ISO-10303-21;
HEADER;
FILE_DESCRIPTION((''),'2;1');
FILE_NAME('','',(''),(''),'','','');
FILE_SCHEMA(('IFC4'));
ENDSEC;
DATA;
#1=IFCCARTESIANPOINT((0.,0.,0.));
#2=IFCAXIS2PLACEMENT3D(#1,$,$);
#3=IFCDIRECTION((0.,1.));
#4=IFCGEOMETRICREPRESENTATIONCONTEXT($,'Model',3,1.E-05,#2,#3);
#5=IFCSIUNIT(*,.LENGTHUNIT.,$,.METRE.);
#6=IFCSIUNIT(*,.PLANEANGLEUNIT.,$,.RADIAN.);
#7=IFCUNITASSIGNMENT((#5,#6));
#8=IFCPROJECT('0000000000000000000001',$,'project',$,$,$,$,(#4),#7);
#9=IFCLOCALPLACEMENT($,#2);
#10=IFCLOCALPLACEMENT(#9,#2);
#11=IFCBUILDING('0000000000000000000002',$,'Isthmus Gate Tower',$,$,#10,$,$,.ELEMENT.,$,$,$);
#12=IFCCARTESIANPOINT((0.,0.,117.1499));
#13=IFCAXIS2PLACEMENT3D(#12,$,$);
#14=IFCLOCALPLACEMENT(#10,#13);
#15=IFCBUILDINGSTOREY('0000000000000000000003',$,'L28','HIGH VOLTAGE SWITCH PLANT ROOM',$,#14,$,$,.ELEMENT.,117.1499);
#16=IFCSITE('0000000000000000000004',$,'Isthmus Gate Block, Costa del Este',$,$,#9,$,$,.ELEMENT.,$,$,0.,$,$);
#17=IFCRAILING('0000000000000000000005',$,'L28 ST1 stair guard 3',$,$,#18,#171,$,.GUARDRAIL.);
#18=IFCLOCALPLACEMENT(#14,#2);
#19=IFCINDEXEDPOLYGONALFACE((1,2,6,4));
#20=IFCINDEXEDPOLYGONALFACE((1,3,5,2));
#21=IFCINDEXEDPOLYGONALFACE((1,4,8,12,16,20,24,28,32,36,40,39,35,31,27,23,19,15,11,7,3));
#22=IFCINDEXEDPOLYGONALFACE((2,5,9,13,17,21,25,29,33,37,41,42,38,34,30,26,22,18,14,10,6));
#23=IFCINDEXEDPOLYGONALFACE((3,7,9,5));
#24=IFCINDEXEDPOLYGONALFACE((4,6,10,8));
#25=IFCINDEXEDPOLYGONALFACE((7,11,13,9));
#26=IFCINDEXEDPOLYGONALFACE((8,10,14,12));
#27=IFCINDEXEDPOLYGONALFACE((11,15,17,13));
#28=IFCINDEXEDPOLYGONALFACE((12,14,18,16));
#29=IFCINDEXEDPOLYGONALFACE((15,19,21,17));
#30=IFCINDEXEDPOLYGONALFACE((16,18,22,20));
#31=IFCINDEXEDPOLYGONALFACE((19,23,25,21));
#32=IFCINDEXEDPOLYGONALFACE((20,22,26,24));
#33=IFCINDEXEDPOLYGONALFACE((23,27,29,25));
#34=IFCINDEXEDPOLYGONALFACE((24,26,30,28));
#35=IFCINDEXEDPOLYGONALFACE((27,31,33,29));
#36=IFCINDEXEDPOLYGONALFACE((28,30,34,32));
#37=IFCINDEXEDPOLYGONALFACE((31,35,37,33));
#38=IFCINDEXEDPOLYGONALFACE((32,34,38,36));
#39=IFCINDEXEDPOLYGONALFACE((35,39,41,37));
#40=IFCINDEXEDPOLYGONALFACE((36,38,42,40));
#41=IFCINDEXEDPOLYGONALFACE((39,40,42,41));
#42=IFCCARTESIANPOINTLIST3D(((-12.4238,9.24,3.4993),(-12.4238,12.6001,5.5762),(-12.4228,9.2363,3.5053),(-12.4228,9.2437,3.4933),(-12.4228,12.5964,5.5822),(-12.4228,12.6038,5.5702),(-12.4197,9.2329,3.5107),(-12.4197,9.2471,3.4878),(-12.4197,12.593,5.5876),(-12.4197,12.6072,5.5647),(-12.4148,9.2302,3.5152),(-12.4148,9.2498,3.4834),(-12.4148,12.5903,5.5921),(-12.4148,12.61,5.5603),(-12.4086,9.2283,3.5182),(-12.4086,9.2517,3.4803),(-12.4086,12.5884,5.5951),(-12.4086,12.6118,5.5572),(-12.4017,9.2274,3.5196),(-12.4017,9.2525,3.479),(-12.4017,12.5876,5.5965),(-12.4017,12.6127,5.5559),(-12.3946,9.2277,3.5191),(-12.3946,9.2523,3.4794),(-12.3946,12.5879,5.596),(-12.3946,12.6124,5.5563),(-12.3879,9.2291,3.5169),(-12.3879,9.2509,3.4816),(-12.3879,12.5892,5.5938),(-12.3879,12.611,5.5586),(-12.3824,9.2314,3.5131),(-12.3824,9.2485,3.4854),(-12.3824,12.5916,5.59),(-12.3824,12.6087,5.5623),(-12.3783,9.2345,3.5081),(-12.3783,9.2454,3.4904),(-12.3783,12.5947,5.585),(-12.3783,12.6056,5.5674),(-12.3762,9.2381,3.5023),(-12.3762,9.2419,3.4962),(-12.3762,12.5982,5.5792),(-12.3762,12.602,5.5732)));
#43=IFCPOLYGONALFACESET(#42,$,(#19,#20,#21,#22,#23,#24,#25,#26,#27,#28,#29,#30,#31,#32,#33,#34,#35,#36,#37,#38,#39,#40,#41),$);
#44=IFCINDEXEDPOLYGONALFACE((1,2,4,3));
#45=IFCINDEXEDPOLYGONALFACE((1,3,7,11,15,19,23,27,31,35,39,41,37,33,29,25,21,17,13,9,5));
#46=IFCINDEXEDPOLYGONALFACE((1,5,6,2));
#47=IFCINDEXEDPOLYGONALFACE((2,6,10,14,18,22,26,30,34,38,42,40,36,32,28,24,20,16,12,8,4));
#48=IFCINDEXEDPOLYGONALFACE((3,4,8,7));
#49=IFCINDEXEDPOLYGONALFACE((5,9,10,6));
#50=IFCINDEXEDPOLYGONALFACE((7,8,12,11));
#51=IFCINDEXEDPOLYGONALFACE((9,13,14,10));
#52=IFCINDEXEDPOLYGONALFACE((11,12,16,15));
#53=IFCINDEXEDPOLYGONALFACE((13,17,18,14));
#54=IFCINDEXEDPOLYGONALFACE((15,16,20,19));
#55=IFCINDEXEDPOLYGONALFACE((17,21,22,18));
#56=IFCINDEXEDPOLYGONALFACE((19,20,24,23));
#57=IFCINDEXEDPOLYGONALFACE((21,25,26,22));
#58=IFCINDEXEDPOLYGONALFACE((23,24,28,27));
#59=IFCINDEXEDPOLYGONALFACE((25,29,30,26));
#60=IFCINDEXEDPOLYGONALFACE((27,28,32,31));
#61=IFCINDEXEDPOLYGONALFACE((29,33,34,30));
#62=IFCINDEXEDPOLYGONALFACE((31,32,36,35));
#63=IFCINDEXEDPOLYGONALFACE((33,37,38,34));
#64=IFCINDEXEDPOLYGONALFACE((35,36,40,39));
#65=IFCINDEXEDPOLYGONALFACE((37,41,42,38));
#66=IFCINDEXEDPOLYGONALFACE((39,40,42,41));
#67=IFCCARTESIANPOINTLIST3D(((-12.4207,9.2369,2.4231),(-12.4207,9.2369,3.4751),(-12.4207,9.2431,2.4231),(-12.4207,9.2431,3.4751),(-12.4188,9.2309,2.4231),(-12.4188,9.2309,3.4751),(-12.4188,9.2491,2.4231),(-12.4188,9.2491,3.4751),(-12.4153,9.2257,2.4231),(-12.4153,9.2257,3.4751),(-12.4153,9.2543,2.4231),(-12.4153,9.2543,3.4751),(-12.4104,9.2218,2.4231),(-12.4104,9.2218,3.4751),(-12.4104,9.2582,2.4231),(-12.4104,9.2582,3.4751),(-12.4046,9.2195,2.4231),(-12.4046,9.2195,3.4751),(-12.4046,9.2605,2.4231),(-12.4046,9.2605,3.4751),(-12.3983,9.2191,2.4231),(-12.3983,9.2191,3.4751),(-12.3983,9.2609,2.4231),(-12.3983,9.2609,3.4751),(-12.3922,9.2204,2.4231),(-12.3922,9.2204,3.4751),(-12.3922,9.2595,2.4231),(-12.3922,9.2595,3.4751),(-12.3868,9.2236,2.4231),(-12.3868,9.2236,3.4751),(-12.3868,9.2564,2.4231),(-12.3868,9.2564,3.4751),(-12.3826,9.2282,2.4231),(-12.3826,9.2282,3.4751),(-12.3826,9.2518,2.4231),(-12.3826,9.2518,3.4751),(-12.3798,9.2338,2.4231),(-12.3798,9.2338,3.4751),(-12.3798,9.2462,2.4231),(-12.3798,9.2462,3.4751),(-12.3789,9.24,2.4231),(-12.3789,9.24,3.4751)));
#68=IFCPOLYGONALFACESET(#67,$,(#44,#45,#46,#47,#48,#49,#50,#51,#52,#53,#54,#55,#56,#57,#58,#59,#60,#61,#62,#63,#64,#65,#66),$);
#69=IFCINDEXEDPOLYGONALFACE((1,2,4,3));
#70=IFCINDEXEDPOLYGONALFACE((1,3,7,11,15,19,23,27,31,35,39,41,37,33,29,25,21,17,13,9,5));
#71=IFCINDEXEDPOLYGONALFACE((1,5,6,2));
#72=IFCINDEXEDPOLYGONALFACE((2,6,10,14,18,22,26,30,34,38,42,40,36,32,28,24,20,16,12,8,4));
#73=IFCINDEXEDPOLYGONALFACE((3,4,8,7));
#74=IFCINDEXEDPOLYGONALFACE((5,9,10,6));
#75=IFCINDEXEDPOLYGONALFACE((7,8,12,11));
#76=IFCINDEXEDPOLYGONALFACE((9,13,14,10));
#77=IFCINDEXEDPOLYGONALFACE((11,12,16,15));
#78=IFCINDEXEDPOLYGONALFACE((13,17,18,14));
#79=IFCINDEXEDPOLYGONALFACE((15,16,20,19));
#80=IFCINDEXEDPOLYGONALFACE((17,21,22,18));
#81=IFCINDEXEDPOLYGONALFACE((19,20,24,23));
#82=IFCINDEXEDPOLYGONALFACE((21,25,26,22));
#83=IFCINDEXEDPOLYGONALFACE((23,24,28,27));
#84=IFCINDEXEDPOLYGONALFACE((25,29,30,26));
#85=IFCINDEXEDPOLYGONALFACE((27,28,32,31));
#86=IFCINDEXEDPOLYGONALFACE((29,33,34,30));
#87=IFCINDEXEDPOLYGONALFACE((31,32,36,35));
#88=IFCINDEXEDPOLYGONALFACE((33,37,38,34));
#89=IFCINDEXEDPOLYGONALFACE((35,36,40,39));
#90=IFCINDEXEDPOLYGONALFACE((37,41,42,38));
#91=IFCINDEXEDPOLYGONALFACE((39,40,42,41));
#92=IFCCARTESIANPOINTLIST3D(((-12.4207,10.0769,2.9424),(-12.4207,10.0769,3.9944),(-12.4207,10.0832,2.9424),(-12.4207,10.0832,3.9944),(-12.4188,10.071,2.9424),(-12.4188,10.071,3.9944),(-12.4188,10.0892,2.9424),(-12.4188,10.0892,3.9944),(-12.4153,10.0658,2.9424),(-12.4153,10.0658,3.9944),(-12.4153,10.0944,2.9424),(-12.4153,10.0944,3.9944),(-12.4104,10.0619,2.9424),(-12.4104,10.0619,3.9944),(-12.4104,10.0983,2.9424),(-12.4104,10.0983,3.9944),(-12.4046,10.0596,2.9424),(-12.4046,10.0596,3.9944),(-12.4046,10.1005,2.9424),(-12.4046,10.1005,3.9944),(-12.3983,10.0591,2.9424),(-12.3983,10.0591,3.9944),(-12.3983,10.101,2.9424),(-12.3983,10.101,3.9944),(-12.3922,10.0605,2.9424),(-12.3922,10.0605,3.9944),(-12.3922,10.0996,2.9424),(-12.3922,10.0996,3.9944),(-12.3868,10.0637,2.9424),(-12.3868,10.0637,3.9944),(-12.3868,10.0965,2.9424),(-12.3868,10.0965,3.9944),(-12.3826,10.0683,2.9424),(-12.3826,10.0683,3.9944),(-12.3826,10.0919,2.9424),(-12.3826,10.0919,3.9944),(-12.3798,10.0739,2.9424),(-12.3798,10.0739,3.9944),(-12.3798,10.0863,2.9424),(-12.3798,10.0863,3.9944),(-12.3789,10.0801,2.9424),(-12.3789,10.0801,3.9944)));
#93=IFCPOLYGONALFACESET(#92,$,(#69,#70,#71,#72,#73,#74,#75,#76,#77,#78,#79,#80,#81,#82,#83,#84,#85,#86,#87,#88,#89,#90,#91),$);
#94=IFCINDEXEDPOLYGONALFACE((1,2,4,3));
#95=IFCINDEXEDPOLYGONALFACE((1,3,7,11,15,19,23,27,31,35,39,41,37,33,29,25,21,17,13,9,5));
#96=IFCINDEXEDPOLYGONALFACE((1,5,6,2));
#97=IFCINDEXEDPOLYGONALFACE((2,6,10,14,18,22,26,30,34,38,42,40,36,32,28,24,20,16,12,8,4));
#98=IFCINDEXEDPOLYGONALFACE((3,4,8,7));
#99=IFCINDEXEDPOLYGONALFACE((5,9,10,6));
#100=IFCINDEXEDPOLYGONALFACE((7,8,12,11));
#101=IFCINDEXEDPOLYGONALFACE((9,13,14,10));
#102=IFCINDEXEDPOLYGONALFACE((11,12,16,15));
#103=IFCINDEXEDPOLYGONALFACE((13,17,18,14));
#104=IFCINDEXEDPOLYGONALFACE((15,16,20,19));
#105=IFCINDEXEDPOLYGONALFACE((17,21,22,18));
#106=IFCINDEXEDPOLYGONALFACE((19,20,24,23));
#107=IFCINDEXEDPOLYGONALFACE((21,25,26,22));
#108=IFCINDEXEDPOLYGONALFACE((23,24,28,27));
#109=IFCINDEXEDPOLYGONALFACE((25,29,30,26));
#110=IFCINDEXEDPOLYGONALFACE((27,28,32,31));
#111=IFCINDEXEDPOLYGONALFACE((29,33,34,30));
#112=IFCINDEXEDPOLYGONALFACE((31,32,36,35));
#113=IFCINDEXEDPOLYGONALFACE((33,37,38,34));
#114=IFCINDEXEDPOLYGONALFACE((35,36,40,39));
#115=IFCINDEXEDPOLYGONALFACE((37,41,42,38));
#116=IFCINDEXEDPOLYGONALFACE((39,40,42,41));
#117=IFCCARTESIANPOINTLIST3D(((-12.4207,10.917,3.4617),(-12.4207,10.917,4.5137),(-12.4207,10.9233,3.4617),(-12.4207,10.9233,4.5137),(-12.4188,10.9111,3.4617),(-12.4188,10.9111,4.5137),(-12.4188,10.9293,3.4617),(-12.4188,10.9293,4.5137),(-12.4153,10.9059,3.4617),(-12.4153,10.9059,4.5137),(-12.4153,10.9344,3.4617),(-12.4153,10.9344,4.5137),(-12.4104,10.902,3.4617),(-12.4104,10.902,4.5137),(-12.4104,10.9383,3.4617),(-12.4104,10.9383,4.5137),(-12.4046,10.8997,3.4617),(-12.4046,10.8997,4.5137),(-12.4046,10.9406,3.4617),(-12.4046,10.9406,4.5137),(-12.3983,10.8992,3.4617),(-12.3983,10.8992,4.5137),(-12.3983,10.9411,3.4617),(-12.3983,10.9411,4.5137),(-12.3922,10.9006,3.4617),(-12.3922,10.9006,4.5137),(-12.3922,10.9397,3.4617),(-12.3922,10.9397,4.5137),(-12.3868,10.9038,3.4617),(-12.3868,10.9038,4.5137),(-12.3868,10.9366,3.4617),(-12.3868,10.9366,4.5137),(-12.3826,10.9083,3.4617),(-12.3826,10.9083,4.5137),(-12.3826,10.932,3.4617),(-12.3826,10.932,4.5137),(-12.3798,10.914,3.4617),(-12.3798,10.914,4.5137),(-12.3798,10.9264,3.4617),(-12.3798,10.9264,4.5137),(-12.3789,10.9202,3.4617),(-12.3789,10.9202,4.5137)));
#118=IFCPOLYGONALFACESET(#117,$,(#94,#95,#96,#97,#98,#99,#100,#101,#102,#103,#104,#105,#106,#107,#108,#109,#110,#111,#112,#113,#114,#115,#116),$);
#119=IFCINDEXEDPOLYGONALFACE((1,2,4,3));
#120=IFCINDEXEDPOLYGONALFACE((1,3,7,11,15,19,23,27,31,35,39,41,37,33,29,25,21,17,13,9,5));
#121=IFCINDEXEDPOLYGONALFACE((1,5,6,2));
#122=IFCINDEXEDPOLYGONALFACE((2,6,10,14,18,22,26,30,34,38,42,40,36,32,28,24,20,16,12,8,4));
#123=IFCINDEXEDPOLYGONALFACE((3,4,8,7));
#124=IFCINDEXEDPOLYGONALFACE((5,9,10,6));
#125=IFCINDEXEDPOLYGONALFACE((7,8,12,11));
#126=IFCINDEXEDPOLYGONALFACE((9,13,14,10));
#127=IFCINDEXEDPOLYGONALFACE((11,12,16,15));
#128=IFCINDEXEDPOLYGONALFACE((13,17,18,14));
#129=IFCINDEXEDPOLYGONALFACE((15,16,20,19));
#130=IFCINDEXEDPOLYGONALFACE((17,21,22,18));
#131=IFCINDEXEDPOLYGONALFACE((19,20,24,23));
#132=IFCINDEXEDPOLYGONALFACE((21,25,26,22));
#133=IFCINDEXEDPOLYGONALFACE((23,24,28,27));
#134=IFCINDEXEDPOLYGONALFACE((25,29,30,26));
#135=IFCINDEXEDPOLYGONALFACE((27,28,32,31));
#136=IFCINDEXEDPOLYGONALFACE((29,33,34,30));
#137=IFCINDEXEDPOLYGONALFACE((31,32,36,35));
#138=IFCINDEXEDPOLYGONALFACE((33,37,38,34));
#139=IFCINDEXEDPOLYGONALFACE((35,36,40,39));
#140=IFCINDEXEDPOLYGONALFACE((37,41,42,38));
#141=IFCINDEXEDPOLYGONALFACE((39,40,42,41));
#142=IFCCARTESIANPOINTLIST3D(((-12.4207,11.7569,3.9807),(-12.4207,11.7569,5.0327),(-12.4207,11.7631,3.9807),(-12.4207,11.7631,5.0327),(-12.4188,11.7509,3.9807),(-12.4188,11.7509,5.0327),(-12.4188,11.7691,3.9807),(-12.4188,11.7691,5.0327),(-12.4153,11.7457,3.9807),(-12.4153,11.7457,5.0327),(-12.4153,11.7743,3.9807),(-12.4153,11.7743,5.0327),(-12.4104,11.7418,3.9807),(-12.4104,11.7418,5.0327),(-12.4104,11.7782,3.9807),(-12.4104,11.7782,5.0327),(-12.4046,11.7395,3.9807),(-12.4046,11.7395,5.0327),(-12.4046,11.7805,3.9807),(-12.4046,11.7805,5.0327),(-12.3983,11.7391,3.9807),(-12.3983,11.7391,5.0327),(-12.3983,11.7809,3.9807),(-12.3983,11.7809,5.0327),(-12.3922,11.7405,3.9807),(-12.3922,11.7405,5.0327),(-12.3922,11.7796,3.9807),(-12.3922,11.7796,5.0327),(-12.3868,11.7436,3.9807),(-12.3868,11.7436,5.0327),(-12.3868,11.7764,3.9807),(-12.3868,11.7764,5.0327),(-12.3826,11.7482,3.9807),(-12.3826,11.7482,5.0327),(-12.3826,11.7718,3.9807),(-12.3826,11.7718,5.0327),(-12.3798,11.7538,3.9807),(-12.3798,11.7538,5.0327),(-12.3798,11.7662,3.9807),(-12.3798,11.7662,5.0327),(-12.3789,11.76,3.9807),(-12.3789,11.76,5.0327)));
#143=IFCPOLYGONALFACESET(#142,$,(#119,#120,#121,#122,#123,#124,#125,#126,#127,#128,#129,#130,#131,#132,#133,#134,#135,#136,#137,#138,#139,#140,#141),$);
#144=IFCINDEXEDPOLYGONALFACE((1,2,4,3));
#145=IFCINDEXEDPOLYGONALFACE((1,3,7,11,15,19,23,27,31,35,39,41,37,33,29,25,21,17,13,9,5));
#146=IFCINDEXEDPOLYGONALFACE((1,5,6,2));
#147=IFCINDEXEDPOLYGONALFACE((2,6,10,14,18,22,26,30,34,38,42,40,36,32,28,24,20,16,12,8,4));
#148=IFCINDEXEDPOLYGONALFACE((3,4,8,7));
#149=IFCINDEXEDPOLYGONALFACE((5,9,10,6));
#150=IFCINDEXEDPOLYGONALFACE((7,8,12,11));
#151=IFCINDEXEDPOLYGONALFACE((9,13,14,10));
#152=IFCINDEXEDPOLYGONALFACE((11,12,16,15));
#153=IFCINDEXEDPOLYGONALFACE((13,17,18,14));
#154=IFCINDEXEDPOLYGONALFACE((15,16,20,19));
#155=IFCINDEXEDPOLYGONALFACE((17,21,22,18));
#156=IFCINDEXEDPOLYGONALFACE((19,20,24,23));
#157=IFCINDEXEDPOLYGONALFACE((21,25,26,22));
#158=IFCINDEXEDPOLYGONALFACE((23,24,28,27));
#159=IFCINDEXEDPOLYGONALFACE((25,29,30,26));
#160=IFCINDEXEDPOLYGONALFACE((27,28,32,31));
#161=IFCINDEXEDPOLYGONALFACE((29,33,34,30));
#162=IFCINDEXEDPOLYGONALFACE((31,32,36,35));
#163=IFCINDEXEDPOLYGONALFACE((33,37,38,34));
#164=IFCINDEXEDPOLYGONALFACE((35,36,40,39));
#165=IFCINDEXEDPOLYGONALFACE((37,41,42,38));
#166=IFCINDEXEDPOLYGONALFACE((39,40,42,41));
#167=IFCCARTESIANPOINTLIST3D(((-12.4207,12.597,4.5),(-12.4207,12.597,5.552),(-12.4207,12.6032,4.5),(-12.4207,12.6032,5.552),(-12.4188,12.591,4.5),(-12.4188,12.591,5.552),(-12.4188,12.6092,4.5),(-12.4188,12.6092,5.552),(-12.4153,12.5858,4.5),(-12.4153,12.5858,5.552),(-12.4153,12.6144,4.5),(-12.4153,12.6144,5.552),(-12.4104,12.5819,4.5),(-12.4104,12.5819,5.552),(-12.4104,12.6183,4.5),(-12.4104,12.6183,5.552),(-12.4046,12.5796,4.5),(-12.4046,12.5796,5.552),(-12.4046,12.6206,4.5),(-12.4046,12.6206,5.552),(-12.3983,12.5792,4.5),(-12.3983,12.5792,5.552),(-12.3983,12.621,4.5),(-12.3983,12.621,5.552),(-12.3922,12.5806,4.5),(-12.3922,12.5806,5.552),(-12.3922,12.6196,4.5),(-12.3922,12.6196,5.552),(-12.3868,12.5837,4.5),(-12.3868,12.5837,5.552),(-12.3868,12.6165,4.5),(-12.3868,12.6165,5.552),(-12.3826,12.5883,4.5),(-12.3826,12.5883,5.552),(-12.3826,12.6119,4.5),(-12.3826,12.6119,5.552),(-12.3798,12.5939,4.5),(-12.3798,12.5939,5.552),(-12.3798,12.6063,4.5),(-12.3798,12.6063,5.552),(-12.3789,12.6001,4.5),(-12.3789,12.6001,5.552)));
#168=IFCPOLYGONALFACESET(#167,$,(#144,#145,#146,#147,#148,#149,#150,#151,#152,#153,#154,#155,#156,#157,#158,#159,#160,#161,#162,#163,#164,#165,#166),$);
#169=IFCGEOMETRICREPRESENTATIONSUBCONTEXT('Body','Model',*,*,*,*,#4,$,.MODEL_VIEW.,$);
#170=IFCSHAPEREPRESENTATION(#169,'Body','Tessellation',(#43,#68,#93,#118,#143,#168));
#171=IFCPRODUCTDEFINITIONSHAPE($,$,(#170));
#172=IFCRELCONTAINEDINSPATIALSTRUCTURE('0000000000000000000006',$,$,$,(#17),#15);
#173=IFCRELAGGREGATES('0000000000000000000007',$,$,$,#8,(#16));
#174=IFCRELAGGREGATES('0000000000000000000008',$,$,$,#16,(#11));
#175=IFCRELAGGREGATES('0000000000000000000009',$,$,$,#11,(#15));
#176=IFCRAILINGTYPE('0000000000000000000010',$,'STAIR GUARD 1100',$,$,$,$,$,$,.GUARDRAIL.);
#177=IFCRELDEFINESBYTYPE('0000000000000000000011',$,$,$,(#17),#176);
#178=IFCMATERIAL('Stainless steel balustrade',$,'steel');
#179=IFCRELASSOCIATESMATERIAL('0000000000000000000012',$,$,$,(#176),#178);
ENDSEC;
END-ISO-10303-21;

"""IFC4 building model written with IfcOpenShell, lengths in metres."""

from ifc_helpers import new_model, si_unit, direction, frame, origin, origin_2d, place, context, subcontext, project, spatial, circle, extrude, material, type_object, element, save


model = new_model("IFC4")

# Units and contexts
model_context = context("Model", 3, precision=1e-05, world=origin(), true_north=direction((0.0, 1.0)))
body_context = subcontext(model_context, "Body", "Model", "MODEL_VIEW")
ifc_project = project(units=[si_unit("LENGTHUNIT", "METRE"), si_unit("PLANEANGLEUNIT", "RADIAN")], contexts=[model_context])

# Site, building, storey
site_placement = place(None, origin())
site = spatial("IfcSite", under=ifc_project, at=site_placement, Name="Isthmus Gate Block, Costa del Este", CompositionType="ELEMENT", RefElevation=0.0)
building_placement = place(site_placement, origin())
building = spatial("IfcBuilding", under=site, at=building_placement, Name="Isthmus Gate Tower", CompositionType="ELEMENT")
storey_placement = place(building_placement, frame((0.0, 0.0, 117.1499)))
storey = spatial("IfcBuildingStorey", under=building, at=storey_placement, Name="L28", Description="HIGH VOLTAGE SWITCH PLANT ROOM", CompositionType="ELEMENT", Elevation=117.1499)

# Railing
ifc_material_1 = material(Name="Stainless steel balustrade", Category="steel")
railing_type_1 = type_object("IfcRailingType", Name="STAIR GUARD 1100", PredefinedType="GUARDRAIL", material=ifc_material_1)
railing_1_placement = place(storey_placement, frame((-12.3999, 9.24, 2.4231)))
element("IfcRailing", 1, at=railing_1_placement, inside=storey, type_object=railing_type_1, Name="L28 ST1 stair guard 3", PredefinedType="GUARDRAIL", context=body_context, shape_type="SweptSolid", body=[
    extrude(circle(Radius=0.0239, at=origin_2d()), frame((0.0, 0.0, 1.0762), z_axis=(0.0, 0.850623, 0.525776), x_axis=(-1.0, 0.0, 0.0)), (0.0, 0.0, 1.0), 3.9502),
    extrude(circle(Radius=0.021, at=origin_2d()), origin(), (0.0, 0.0, 1.0), 1.052),
    extrude(circle(Radius=0.021, at=origin_2d()), frame((0.0, 0.8401, 0.5193)), (0.0, 0.0, 1.0), 1.052),
    extrude(circle(Radius=0.021, at=origin_2d()), frame((0.0, 1.6802, 1.0386)), (0.0, 0.0, 1.0), 1.052),
    extrude(circle(Radius=0.021, at=origin_2d()), frame((0.0, 2.52, 1.5576)), (0.0, 0.0, 1.0), 1.052),
    extrude(circle(Radius=0.021, at=origin_2d()), frame((0.0, 3.3601, 2.0769)), (0.0, 0.0, 1.0), 1.052),
])

save(model, "model.ifc")
